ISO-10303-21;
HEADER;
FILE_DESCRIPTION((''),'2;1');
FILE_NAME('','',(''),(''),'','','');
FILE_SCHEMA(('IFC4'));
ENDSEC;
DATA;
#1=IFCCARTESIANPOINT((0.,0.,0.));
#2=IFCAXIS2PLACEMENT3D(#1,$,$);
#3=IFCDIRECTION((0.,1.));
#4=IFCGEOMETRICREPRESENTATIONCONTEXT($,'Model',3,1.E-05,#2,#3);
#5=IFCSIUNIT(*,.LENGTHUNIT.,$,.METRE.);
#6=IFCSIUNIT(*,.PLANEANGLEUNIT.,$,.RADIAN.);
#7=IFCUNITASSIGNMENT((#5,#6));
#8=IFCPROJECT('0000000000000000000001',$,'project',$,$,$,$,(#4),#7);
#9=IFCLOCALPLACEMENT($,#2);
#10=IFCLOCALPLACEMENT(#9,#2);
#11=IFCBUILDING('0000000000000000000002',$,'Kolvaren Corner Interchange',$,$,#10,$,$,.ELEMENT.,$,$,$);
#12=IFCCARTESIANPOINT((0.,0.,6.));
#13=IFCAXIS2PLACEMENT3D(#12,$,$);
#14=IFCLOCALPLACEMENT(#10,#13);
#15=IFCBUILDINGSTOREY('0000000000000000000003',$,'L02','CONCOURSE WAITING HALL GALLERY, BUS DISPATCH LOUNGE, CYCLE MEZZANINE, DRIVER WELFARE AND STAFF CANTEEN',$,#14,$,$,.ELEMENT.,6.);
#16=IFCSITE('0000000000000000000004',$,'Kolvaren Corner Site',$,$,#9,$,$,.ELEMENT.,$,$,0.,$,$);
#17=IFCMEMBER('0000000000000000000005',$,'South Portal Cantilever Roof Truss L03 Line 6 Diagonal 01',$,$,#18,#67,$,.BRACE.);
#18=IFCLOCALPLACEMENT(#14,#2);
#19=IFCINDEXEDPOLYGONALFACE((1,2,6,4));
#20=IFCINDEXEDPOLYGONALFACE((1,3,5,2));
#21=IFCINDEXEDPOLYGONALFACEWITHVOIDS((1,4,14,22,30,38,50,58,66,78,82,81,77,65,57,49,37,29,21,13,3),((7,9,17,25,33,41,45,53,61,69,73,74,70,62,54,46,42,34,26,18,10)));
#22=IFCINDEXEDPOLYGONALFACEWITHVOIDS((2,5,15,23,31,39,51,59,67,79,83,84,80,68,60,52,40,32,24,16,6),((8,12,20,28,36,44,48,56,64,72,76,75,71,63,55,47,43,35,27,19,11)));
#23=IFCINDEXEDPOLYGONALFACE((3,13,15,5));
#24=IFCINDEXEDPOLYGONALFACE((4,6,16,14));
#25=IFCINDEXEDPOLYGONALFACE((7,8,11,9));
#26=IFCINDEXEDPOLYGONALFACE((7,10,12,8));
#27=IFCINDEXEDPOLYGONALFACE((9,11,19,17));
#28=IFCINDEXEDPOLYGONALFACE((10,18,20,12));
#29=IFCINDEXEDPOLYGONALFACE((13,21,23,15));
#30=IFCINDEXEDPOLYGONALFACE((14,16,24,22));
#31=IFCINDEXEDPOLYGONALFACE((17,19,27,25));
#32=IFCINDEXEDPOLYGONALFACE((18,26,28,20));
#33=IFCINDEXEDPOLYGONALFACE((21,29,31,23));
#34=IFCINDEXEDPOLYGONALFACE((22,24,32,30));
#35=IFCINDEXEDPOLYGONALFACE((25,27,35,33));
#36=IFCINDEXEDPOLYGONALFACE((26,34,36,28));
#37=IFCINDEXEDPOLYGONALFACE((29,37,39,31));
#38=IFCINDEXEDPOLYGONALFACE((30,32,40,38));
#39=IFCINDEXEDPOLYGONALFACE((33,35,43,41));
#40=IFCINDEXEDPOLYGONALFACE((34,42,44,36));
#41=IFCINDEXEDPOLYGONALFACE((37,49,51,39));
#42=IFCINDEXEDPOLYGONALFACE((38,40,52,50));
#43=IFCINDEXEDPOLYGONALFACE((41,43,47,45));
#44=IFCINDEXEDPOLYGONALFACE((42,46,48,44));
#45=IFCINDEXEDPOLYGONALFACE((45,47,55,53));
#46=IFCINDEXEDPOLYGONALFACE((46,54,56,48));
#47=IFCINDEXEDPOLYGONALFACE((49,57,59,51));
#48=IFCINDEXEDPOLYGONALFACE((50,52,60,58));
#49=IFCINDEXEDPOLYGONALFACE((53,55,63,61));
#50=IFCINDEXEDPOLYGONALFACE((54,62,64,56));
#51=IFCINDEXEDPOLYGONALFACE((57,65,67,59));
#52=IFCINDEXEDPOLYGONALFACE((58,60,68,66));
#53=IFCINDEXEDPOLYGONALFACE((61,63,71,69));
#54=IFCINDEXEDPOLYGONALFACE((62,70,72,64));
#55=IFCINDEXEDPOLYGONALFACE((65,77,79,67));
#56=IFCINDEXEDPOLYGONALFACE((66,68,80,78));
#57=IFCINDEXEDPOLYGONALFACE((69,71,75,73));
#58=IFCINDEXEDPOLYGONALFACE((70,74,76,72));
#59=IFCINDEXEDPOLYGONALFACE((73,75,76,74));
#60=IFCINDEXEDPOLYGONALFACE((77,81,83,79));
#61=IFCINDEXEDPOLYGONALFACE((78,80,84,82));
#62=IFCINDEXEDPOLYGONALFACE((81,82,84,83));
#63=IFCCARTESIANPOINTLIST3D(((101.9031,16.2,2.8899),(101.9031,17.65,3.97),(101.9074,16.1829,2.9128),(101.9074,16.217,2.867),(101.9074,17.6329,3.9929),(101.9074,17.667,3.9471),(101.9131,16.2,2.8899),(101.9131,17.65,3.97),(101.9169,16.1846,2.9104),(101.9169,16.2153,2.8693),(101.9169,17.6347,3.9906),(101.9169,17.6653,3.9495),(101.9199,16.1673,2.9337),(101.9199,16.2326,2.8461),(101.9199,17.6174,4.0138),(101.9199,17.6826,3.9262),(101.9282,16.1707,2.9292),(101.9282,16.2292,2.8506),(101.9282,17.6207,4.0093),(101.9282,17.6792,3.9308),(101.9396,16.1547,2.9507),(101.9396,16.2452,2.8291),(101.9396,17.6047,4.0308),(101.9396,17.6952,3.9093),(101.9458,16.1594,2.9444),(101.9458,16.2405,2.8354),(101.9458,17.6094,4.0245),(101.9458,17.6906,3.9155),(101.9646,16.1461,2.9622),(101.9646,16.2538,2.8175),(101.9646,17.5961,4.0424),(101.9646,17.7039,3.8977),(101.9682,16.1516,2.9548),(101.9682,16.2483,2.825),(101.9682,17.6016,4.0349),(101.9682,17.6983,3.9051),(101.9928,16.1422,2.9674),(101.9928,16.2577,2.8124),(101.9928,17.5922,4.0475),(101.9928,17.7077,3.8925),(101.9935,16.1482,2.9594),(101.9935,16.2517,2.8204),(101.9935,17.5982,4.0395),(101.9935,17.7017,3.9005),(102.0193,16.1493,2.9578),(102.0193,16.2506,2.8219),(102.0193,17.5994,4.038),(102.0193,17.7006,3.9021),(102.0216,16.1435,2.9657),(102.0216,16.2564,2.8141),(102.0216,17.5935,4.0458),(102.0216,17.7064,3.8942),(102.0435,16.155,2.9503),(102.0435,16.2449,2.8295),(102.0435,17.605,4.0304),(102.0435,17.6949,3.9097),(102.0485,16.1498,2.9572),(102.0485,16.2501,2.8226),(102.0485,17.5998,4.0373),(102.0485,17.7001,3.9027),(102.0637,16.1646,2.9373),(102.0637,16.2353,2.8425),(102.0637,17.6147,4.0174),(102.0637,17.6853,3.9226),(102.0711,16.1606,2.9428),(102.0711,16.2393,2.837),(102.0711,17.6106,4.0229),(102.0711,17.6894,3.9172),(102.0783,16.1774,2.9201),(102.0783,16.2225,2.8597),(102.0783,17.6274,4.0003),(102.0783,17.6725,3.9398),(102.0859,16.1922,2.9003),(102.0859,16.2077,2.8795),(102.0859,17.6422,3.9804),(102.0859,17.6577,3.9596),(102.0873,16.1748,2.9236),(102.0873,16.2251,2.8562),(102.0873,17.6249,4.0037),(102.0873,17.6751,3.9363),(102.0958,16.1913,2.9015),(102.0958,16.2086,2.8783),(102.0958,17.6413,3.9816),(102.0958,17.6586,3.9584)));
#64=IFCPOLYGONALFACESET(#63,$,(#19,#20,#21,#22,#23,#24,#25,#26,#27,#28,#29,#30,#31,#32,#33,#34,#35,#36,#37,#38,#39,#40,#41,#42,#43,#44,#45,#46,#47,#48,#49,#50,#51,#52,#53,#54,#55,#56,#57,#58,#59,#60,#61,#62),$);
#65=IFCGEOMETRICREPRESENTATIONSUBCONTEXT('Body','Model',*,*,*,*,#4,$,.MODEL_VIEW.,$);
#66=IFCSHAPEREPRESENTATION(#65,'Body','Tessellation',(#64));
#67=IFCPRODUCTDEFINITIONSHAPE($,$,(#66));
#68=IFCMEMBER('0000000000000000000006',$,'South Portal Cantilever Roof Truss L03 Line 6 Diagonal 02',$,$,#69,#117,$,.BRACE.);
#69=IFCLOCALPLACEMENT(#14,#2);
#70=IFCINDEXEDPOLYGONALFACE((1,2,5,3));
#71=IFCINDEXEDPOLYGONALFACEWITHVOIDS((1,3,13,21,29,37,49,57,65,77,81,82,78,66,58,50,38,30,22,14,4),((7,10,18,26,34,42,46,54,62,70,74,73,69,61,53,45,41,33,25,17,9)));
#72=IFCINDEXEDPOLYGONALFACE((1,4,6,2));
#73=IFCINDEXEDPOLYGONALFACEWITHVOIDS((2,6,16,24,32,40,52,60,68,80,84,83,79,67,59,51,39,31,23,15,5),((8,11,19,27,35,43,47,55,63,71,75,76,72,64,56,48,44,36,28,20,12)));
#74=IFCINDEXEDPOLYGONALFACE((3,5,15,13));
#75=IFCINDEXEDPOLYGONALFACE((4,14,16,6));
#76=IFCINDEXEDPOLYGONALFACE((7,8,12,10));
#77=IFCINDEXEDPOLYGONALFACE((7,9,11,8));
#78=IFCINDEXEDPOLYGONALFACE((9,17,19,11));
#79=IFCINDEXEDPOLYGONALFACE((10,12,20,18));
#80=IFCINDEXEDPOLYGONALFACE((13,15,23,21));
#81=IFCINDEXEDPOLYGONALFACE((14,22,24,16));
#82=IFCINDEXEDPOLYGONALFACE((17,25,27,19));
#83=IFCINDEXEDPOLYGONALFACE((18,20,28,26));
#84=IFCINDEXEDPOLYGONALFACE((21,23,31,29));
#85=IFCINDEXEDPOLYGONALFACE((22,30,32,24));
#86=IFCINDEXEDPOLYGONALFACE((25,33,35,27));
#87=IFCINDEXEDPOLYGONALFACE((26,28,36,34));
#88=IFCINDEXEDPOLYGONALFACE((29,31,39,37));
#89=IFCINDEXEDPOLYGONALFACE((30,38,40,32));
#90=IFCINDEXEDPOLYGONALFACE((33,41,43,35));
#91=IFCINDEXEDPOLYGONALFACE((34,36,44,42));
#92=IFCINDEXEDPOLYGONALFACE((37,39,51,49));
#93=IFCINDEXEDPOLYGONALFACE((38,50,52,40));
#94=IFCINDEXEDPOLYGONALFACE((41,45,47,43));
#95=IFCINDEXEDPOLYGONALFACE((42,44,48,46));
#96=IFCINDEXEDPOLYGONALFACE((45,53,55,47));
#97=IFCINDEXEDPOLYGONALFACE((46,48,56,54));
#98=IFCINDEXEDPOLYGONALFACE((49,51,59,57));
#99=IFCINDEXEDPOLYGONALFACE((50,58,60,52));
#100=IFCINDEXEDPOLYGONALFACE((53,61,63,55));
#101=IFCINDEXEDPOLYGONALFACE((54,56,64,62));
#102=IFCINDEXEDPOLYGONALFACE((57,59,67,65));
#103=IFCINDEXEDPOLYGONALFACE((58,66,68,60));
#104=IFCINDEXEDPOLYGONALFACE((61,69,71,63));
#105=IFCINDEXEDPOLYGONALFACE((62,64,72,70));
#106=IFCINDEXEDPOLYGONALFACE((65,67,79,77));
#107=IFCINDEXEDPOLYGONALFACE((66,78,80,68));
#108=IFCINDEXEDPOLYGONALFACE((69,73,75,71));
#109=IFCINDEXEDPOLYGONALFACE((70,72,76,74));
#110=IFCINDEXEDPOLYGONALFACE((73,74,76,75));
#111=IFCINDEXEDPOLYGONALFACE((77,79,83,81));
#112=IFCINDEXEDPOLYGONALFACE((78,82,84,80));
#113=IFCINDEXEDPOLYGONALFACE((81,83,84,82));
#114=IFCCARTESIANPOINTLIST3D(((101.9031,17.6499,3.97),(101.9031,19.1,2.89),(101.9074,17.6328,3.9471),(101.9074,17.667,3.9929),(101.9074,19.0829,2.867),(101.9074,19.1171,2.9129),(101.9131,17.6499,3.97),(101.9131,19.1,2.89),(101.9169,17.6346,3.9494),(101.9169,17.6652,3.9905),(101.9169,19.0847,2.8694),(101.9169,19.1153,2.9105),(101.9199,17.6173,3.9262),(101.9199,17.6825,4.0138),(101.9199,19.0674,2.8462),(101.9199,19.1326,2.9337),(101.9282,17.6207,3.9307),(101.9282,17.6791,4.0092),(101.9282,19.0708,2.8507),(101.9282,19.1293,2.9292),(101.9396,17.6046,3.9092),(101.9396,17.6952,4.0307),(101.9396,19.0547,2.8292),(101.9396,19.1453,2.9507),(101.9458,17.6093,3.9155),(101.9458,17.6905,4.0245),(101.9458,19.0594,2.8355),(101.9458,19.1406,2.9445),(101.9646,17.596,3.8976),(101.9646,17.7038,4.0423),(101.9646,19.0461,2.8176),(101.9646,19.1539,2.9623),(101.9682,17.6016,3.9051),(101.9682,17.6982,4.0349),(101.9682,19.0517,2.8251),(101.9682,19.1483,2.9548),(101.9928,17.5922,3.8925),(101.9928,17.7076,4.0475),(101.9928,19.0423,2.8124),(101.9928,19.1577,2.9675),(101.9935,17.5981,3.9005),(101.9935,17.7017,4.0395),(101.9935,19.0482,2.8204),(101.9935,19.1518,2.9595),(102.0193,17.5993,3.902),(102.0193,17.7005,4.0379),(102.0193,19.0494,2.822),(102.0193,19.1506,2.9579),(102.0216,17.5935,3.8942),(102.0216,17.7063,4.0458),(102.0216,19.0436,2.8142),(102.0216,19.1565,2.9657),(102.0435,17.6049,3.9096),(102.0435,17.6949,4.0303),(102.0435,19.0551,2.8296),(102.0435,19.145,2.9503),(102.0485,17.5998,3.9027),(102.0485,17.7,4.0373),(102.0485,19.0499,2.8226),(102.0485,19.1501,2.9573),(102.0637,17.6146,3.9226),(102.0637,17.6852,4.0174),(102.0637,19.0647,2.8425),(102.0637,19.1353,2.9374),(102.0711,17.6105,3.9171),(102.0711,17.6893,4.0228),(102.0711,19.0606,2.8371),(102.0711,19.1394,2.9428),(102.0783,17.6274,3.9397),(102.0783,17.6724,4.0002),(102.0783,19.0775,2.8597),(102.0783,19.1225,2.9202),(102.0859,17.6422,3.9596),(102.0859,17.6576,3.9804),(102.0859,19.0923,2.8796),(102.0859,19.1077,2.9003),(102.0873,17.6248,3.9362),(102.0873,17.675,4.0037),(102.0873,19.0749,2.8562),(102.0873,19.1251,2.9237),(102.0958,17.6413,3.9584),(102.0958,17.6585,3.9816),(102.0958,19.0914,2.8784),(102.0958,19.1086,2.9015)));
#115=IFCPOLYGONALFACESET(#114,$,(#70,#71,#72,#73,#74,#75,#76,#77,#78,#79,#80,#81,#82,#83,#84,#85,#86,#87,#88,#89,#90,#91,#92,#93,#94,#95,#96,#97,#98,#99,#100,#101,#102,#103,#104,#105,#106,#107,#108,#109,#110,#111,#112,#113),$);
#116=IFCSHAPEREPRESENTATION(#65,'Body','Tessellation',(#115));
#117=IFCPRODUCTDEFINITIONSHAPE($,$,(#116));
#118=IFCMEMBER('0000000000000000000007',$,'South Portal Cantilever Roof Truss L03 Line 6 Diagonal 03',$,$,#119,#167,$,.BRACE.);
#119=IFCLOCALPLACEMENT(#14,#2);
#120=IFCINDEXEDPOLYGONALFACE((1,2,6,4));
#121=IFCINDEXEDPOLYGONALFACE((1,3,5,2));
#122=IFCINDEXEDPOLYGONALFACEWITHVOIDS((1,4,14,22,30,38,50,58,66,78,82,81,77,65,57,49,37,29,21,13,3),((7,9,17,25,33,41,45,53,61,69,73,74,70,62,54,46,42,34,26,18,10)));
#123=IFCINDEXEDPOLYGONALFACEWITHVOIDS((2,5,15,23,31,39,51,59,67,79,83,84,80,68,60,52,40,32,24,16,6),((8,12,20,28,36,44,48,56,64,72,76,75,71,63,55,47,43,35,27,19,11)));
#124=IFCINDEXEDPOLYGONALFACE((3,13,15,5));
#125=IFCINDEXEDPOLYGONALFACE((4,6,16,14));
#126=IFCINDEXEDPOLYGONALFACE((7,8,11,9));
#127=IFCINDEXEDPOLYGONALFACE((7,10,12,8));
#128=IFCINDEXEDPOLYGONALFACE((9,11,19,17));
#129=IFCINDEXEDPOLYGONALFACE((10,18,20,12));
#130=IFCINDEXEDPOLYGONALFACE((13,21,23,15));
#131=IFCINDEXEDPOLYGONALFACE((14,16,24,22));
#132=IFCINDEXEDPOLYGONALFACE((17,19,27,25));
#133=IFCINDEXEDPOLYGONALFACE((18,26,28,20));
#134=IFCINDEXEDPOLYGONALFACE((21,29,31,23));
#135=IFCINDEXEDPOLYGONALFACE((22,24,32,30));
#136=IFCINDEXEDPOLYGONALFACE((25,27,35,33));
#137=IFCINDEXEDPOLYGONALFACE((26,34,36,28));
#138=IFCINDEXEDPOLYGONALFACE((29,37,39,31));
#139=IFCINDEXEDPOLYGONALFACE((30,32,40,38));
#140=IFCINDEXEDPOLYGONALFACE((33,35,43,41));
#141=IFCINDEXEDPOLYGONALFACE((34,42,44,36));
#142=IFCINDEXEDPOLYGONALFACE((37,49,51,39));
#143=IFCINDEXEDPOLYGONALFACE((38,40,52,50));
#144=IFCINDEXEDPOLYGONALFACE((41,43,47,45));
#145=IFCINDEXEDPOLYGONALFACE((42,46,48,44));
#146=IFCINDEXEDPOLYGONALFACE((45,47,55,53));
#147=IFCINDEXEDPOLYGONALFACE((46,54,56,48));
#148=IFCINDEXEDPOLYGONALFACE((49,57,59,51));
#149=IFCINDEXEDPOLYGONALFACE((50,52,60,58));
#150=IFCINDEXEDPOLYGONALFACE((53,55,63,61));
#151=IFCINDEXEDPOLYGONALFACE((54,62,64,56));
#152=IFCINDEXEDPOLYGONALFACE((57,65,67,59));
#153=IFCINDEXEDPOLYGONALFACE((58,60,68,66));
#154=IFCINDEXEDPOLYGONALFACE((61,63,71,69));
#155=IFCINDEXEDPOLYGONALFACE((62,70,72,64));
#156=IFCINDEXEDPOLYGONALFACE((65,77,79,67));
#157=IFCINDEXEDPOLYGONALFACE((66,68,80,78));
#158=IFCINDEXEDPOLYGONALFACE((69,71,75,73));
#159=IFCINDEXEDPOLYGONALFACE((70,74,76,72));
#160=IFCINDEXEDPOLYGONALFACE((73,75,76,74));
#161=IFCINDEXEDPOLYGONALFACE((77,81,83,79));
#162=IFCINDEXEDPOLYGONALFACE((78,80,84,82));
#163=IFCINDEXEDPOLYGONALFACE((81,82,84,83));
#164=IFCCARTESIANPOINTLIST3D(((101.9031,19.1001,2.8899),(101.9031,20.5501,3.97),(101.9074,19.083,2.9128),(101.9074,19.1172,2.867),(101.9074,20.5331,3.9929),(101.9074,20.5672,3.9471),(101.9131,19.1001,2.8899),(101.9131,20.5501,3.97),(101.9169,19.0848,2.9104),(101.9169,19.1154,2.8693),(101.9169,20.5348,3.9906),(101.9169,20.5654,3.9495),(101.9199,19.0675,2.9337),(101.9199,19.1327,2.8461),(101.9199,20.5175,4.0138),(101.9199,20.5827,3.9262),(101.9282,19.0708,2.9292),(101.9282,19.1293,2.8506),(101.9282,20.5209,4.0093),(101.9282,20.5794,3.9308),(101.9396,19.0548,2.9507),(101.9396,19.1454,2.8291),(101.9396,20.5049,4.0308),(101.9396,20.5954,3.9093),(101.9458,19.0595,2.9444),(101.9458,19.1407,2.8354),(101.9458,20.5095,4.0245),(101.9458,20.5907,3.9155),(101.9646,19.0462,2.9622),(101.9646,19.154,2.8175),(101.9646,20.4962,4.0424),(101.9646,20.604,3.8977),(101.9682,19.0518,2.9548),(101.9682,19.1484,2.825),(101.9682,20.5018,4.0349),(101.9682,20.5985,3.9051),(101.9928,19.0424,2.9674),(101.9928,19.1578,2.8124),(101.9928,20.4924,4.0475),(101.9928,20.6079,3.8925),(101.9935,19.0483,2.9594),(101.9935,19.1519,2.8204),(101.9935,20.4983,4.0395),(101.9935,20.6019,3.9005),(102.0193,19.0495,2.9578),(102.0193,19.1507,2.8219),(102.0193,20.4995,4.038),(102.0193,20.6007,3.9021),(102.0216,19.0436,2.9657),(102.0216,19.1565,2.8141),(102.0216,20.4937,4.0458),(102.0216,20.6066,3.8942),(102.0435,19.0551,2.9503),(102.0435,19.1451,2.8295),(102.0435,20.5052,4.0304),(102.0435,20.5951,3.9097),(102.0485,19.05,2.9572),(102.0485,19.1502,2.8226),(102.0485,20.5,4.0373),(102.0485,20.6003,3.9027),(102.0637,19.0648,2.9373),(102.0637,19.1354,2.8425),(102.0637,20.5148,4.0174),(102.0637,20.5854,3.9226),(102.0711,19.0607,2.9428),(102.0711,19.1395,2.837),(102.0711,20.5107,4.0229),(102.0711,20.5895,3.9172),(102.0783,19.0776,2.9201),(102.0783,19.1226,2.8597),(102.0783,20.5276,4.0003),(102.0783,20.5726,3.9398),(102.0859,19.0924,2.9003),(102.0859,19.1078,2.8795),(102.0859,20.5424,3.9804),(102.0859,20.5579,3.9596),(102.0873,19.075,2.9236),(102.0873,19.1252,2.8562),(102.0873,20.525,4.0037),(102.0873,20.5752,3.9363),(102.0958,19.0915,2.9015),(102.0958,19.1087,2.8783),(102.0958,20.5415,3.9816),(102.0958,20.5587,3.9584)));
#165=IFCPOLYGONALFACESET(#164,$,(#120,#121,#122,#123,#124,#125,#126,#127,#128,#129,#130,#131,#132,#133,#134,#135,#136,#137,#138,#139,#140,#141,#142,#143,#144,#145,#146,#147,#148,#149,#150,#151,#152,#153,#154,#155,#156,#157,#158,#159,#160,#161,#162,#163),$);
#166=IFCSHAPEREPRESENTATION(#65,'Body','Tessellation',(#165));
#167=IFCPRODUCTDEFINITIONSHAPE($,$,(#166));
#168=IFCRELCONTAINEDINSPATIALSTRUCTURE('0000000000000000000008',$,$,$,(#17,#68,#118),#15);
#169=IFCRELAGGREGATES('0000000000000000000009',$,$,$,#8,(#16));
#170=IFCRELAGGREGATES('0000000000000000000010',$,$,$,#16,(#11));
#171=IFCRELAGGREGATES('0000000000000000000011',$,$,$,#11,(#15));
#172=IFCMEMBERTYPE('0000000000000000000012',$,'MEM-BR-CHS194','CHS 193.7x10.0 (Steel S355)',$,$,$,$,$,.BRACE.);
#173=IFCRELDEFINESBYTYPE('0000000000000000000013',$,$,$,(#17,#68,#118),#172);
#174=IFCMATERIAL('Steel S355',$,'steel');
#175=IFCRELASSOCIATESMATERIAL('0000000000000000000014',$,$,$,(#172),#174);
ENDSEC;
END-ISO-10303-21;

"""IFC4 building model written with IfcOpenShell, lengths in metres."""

from ifc_helpers import new_model, si_unit, direction, frame, origin, origin_2d, place, context, subcontext, project, spatial, hollow_circle, extrude, material, material_profile, profile_set, type_object, element, save


model = new_model("IFC4")

# Units and contexts
model_context = context("Model", 3, precision=1e-05, world=origin(), true_north=direction((0.0, 1.0)))
body_context = subcontext(model_context, "Body", "Model", "MODEL_VIEW")
ifc_project = project(units=[si_unit("LENGTHUNIT", "METRE"), si_unit("PLANEANGLEUNIT", "RADIAN")], contexts=[model_context])

# Site, building, storey
site_placement = place(None, origin())
site = spatial("IfcSite", under=ifc_project, at=site_placement, Name="Kolvaren Corner Site", CompositionType="ELEMENT", RefElevation=0.0)
building_placement = place(site_placement, origin())
building = spatial("IfcBuilding", under=site, at=building_placement, Name="Kolvaren Corner Interchange", CompositionType="ELEMENT")
storey_placement = place(building_placement, frame((0.0, 0.0, 6.0)))
storey = spatial("IfcBuildingStorey", under=building, at=storey_placement, Name="L02", Description="CONCOURSE WAITING HALL GALLERY, BUS DISPATCH LOUNGE, CYCLE MEZZANINE, DRIVER WELFARE AND STAFF CANTEEN", CompositionType="ELEMENT", Elevation=6.0)

# Members
ifc_material_1 = material(Name="Steel S355", Category="steel")
ifc_material_profile_1 = material_profile(ifc_material_1, hollow_circle(Radius=0.0969, WallThickness=0.01, at=origin_2d()), Name="CHS 193.7x10.0")
ifc_profile_set_1 = profile_set([ifc_material_profile_1], Name="Steel S355")
member_type_1 = type_object("IfcMemberType", Name="MEM-BR-CHS194", Description="CHS 193.7x10.0 (Steel S355)", PredefinedType="BRACE", material=ifc_profile_set_1)
for number, where, z_axis, x_axis, name in (
    (1, (102.0, 16.2, 2.8899), (0.0, 0.801956, 0.597383), (-1.0, 0.0, 0.0), "South Portal Cantilever Roof Truss L03 Line 6 Diagonal 01"),
    (2, (102.0, 17.6499, 3.97), (0.0, 0.802005, -0.597318), (-1.0, 0.0, 0.0), "South Portal Cantilever Roof Truss L03 Line 6 Diagonal 02"),
    (3, (102.0, 19.1001, 2.8899), (0.0, 0.801956, 0.597383), (-1.0, 0.0, 0.0), "South Portal Cantilever Roof Truss L03 Line 6 Diagonal 03"),
):
    element("IfcMember", number, at=place(storey_placement, frame(where, z_axis=z_axis, x_axis=x_axis)), inside=storey, type_object=member_type_1, Name=name, PredefinedType="BRACE", context=body_context, shape_type="SweptSolid", body=[
        extrude(hollow_circle(Radius=0.0969, WallThickness=0.01, at=origin_2d()), origin(), (0.0, 0.0, 1.0), 1.8081),
    ])

save(model, "model.ifc")
